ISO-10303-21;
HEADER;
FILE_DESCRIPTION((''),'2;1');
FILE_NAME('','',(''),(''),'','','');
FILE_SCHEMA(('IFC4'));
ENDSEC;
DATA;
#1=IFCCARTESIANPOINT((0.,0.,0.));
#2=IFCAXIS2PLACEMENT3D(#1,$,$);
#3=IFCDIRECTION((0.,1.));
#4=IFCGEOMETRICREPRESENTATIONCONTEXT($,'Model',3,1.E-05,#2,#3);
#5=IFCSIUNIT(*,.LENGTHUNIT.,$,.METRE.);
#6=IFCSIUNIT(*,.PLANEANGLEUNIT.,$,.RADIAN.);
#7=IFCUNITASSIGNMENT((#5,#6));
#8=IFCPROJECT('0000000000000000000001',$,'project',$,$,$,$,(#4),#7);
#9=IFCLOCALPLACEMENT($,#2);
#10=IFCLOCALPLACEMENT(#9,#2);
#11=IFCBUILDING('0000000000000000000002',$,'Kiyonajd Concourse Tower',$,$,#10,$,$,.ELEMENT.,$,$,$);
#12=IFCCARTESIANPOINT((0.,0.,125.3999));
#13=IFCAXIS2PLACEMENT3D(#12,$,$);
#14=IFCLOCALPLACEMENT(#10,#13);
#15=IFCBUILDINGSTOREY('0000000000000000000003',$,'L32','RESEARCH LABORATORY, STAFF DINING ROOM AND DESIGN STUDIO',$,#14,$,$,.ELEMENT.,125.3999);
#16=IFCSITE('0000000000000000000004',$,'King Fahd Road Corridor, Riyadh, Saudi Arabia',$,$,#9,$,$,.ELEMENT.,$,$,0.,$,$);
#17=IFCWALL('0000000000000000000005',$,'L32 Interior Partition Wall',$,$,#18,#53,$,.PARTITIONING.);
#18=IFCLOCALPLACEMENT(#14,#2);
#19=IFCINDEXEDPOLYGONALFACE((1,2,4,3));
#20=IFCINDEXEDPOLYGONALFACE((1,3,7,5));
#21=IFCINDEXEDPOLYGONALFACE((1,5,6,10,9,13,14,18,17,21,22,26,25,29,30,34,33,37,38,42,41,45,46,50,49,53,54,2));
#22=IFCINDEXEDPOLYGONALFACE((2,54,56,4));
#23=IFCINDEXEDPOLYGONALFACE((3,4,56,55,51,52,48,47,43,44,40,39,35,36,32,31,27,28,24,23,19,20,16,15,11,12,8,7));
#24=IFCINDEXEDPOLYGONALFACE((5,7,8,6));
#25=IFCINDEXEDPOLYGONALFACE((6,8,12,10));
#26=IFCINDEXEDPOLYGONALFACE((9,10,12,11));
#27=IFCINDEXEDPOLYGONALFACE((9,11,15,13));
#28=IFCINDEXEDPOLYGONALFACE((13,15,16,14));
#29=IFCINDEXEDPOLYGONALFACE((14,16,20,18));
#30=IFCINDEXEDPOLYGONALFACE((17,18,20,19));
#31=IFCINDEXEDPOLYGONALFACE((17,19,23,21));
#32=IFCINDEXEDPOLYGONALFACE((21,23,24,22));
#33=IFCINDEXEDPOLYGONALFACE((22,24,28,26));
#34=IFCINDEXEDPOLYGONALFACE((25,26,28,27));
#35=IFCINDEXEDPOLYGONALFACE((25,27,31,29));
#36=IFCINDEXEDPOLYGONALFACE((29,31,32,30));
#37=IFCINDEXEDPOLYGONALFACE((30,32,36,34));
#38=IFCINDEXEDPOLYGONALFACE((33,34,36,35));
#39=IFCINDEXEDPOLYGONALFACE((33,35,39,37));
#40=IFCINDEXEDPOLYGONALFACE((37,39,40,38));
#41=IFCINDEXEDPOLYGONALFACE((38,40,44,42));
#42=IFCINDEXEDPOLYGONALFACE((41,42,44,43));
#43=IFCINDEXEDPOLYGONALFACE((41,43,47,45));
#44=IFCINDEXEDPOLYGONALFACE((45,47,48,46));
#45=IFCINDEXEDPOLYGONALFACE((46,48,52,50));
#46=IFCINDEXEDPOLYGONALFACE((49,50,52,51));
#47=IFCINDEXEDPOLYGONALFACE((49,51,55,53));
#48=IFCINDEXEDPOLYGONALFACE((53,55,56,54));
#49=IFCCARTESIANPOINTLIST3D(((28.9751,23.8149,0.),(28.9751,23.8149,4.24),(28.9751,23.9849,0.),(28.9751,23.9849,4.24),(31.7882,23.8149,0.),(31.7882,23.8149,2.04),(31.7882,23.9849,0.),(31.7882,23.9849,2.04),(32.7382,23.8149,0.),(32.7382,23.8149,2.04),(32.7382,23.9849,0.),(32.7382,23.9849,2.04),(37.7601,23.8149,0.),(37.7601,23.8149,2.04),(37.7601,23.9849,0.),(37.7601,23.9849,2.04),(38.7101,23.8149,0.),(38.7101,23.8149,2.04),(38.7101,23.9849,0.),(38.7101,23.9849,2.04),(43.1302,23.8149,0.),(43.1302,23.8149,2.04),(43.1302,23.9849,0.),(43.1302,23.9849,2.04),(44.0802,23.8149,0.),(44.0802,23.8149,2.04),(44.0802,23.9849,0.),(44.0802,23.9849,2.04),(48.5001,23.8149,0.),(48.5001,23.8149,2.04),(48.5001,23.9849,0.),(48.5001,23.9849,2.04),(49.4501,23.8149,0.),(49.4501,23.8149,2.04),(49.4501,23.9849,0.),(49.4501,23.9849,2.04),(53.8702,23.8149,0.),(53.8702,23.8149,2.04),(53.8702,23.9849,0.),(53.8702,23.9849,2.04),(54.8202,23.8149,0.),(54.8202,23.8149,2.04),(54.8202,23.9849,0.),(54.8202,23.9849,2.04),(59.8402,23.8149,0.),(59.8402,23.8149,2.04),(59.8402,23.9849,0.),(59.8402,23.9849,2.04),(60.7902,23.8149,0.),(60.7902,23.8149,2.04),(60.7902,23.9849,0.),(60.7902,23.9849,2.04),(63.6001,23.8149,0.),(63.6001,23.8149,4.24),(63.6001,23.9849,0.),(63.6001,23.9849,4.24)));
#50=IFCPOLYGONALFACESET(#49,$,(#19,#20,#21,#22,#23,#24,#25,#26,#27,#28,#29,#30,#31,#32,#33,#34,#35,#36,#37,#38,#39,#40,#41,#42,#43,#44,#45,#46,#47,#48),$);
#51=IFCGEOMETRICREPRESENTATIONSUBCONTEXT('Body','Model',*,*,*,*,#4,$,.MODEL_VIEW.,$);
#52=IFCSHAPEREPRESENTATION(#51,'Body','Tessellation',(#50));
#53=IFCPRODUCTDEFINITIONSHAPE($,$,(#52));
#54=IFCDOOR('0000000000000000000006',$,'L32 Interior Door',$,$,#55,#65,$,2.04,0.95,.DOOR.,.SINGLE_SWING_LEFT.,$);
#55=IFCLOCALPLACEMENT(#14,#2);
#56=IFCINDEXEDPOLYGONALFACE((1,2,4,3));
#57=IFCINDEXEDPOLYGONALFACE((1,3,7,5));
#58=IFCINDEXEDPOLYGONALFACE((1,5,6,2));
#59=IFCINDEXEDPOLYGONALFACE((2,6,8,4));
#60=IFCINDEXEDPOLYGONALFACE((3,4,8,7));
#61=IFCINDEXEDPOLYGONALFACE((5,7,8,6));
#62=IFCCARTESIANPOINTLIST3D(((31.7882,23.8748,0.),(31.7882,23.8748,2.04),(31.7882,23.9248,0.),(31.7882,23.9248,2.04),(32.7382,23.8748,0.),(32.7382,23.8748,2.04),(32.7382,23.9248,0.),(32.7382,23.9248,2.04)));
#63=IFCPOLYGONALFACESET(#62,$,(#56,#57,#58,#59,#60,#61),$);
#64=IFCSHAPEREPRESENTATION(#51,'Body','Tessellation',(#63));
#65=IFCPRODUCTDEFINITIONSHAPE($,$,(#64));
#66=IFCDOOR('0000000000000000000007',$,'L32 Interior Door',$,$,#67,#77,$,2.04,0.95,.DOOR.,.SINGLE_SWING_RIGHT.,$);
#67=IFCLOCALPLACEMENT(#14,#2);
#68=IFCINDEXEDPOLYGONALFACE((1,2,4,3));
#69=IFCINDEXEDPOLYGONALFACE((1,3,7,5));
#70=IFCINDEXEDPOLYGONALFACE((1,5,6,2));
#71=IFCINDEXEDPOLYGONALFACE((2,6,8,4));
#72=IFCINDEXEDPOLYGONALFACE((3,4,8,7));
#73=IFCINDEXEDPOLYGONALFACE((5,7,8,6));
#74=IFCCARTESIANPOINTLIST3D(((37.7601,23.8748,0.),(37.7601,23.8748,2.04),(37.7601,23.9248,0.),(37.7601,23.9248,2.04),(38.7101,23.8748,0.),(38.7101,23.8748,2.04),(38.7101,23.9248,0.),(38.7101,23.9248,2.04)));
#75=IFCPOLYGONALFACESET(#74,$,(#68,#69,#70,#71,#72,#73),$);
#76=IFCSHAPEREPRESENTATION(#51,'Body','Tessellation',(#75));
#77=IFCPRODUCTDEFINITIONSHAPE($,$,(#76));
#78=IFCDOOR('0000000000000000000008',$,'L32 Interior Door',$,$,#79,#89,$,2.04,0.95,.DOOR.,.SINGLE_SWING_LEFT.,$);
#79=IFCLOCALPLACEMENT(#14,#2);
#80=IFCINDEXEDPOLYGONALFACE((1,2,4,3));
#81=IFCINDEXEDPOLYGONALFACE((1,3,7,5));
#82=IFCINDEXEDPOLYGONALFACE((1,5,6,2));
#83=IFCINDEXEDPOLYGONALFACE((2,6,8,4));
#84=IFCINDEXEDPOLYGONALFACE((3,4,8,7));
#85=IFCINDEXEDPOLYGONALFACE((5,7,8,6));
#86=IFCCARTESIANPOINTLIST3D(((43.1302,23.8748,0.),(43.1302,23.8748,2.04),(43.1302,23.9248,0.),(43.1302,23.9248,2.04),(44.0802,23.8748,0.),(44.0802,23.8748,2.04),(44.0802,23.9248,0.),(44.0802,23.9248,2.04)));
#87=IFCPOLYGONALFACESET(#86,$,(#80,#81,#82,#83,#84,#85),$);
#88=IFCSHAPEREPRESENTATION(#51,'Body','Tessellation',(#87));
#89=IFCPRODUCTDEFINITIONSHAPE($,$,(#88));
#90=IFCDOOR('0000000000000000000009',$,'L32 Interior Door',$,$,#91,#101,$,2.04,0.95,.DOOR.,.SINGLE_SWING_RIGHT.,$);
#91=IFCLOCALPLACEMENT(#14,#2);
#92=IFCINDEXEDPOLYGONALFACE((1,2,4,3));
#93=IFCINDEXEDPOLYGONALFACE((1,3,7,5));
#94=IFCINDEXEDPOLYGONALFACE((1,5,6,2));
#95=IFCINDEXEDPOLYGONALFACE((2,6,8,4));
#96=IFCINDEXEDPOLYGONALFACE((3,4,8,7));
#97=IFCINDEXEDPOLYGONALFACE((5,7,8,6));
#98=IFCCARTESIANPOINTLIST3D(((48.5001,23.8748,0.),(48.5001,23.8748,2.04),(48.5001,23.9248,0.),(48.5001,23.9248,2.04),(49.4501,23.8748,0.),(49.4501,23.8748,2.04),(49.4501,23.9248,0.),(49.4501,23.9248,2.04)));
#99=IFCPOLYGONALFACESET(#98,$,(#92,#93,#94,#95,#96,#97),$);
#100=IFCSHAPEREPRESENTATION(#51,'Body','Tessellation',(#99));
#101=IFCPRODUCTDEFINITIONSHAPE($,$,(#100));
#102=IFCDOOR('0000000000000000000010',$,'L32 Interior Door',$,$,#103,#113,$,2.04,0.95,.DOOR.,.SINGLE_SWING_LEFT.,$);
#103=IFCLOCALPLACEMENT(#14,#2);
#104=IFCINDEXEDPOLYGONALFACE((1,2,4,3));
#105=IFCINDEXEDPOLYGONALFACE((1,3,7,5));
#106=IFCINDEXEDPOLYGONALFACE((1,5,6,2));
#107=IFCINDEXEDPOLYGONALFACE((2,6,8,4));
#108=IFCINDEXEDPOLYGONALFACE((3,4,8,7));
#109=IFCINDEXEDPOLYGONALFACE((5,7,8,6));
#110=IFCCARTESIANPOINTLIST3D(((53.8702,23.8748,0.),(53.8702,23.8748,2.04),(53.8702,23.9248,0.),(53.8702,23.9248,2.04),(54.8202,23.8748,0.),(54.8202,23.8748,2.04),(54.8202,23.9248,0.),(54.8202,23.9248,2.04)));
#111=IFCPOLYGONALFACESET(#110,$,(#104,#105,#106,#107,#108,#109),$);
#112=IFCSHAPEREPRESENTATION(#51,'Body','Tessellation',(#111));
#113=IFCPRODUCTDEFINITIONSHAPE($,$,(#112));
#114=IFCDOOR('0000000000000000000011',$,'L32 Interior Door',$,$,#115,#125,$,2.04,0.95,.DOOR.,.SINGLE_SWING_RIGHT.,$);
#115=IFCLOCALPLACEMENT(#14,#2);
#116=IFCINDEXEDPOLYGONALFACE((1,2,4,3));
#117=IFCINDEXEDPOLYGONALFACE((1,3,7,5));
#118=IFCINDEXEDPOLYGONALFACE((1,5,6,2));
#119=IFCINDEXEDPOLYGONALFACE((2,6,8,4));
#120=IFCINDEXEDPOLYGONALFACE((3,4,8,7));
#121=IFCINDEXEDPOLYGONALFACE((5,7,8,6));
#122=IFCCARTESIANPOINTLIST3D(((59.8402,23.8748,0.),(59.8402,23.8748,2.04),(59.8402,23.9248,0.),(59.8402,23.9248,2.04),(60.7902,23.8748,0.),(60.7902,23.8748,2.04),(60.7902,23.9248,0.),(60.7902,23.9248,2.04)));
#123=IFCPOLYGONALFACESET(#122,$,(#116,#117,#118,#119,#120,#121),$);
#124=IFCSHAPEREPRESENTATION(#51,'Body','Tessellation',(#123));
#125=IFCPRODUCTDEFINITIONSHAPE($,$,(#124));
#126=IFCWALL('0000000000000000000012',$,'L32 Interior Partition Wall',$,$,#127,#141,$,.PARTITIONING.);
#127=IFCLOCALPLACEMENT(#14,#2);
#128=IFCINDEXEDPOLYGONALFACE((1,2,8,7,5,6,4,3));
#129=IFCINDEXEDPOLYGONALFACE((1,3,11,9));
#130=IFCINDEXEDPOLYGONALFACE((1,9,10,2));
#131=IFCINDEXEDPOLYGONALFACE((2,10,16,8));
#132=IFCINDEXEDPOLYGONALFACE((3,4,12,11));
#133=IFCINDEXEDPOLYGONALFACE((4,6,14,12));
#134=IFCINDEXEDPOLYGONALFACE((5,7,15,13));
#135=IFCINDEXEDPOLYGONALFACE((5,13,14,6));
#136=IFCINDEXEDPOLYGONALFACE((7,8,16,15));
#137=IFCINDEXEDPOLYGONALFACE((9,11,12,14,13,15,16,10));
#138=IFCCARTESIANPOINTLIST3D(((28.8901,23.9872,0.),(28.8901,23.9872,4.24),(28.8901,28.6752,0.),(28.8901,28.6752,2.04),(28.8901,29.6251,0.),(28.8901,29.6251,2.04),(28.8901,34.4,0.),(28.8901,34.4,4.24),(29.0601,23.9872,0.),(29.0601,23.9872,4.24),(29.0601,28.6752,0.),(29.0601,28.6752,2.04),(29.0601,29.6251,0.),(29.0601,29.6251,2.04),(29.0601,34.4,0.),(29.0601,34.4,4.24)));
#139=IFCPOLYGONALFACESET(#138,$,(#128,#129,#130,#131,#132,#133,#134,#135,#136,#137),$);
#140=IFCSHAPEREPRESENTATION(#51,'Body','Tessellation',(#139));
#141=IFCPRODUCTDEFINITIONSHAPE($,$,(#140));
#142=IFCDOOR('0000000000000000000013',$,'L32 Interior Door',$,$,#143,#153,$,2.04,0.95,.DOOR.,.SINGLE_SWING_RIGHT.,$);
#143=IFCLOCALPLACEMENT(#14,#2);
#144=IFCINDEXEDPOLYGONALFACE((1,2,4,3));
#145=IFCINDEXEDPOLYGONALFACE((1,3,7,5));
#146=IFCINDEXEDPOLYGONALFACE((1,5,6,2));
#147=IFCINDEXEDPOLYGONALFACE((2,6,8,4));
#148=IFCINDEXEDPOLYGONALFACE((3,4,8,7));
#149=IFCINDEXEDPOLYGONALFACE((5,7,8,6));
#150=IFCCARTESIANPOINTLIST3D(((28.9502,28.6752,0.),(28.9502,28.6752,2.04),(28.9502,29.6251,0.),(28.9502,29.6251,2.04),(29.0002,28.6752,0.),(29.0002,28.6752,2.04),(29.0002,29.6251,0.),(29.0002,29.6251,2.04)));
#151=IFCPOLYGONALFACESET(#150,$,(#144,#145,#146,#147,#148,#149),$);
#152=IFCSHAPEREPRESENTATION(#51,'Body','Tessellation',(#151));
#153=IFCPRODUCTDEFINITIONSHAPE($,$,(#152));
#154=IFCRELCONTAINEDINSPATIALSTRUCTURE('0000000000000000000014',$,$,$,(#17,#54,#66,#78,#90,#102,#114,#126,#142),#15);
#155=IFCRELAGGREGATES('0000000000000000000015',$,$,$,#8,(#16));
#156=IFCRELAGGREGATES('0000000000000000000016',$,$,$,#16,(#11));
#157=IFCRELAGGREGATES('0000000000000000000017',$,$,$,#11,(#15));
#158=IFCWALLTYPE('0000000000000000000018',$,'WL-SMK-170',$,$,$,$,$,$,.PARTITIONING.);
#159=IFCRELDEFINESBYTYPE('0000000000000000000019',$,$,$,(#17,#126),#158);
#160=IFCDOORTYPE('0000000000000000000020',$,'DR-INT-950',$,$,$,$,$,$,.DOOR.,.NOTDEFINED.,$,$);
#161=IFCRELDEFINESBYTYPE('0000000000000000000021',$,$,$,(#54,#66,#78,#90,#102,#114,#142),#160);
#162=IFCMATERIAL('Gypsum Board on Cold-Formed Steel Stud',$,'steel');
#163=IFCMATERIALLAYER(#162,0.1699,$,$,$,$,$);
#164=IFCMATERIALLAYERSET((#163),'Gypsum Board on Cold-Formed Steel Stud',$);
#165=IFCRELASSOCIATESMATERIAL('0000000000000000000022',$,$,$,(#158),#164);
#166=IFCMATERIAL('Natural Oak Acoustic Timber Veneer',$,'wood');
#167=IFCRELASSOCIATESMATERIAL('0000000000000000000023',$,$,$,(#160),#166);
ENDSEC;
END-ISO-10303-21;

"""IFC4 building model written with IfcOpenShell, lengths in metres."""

from ifc_helpers import new_model, si_unit, direction, frame, frame_2d, origin, place, context, subcontext, project, spatial, rectangle, extrude, material, layer, layer_set, type_object, element, fill, save


model = new_model("IFC4")

# Units and contexts
model_context = context("Model", 3, precision=1e-05, world=origin(), true_north=direction((0.0, 1.0)))
body_context = subcontext(model_context, "Body", "Model", "MODEL_VIEW")
ifc_project = project(units=[si_unit("LENGTHUNIT", "METRE"), si_unit("PLANEANGLEUNIT", "RADIAN")], contexts=[model_context])

# Site, building, storey
site_placement = place(None, origin())
site = spatial("IfcSite", under=ifc_project, at=site_placement, Name="King Fahd Road Corridor, Riyadh, Saudi Arabia", CompositionType="ELEMENT", RefElevation=0.0)
building_placement = place(site_placement, origin())
building = spatial("IfcBuilding", under=site, at=building_placement, Name="Kiyonajd Concourse Tower", CompositionType="ELEMENT")
storey_placement = place(building_placement, frame((0.0, 0.0, 125.3999)))
storey = spatial("IfcBuildingStorey", under=building, at=storey_placement, Name="L32", Description="RESEARCH LABORATORY, STAFF DINING ROOM AND DESIGN STUDIO", CompositionType="ELEMENT", Elevation=125.3999)

# Shared definitions
ifc_material_1 = material(Name="Gypsum Board on Cold-Formed Steel Stud", Category="steel")

# Wall, openings, doors
ifc_layer_1 = layer(ifc_material_1, 0.1699)
ifc_layer_set_1 = layer_set([ifc_layer_1], Name="Gypsum Board on Cold-Formed Steel Stud")
wall_type_1 = type_object("IfcWallType", Name="WL-SMK-170", PredefinedType="PARTITIONING", material=ifc_layer_set_1)
wall_1_placement = place(storey_placement, frame((28.9751, 23.8999, 0.0), z_axis=(0.0, 0.0, 1.0), x_axis=(1.0, 0.0, 0.0)))
wall_1 = element("IfcWall", 1, at=wall_1_placement, inside=storey, type_object=wall_type_1, Name="L32 Interior Partition Wall", PredefinedType="PARTITIONING", context=body_context, shape_type="SweptSolid", body=[
    extrude(rectangle(XDim=34.625, YDim=0.1699, at=frame_2d((17.3125, 0.0))), origin(), (0.0, 0.0, 1.0), 4.24),
])
opening_1_placement = place(wall_1_placement, frame((2.813, 0.0, 0.0)))
opening_1 = element("IfcOpeningElement", 2, at=opening_1_placement, cuts=wall_1, PredefinedType="OPENING", context=body_context, shape_type="SweptSolid", body=[
    extrude(rectangle(XDim=0.95, YDim=2.04, at=frame_2d((0.4751, 1.02))), frame((0.0, 0.095, 0.0), z_axis=(0.0, -1.0, 0.0), x_axis=(1.0, 0.0, 0.0)), (0.0, 0.0, 1.0), 0.1899),
])
opening_2_placement = place(wall_1_placement, frame((8.7849, 0.0, 0.0)))
opening_2 = element("IfcOpeningElement", 3, at=opening_2_placement, cuts=wall_1, PredefinedType="OPENING", context=body_context, shape_type="SweptSolid", body=[
    extrude(rectangle(XDim=0.95, YDim=2.04, at=frame_2d((0.4751, 1.02))), frame((0.0, 0.095, 0.0), z_axis=(0.0, -1.0, 0.0), x_axis=(1.0, 0.0, 0.0)), (0.0, 0.0, 1.0), 0.1899),
])
opening_3_placement = place(wall_1_placement, frame((14.155, 0.0, 0.0)))
opening_3 = element("IfcOpeningElement", 4, at=opening_3_placement, cuts=wall_1, PredefinedType="OPENING", context=body_context, shape_type="SweptSolid", body=[
    extrude(rectangle(XDim=0.95, YDim=2.04, at=frame_2d((0.4751, 1.02))), frame((0.0, 0.095, 0.0), z_axis=(0.0, -1.0, 0.0), x_axis=(1.0, 0.0, 0.0)), (0.0, 0.0, 1.0), 0.1899),
])
opening_4_placement = place(wall_1_placement, frame((19.5249, 0.0, 0.0)))
opening_4 = element("IfcOpeningElement", 5, at=opening_4_placement, cuts=wall_1, PredefinedType="OPENING", context=body_context, shape_type="SweptSolid", body=[
    extrude(rectangle(XDim=0.95, YDim=2.04, at=frame_2d((0.4751, 1.02))), frame((0.0, 0.095, 0.0), z_axis=(0.0, -1.0, 0.0), x_axis=(1.0, 0.0, 0.0)), (0.0, 0.0, 1.0), 0.1899),
])
opening_5_placement = place(wall_1_placement, frame((24.895, 0.0, 0.0)))
opening_5 = element("IfcOpeningElement", 6, at=opening_5_placement, cuts=wall_1, PredefinedType="OPENING", context=body_context, shape_type="SweptSolid", body=[
    extrude(rectangle(XDim=0.95, YDim=2.04, at=frame_2d((0.4751, 1.02))), frame((0.0, 0.095, 0.0), z_axis=(0.0, -1.0, 0.0), x_axis=(1.0, 0.0, 0.0)), (0.0, 0.0, 1.0), 0.1899),
])
opening_6_placement = place(wall_1_placement, frame((30.865, 0.0, 0.0)))
opening_6 = element("IfcOpeningElement", 7, at=opening_6_placement, cuts=wall_1, PredefinedType="OPENING", context=body_context, shape_type="SweptSolid", body=[
    extrude(rectangle(XDim=0.95, YDim=2.04, at=frame_2d((0.4751, 1.02))), frame((0.0, 0.095, 0.0), z_axis=(0.0, -1.0, 0.0), x_axis=(1.0, 0.0, 0.0)), (0.0, 0.0, 1.0), 0.1899),
])
ifc_material_2 = material(Name="Natural Oak Acoustic Timber Veneer", Category="wood")
door_type = type_object("IfcDoorType", Name="DR-INT-950", OperationType="NOTDEFINED", PredefinedType="DOOR", material=ifc_material_2)
door_1_placement = place(opening_1_placement, origin())
door_1 = element("IfcDoor", 8, at=door_1_placement, inside=storey, type_object=door_type, Name="L32 Interior Door", OperationType="SINGLE_SWING_LEFT", OverallHeight=2.04, OverallWidth=0.95, PredefinedType="DOOR", context=body_context, shape_type="SweptSolid", body=[
    extrude(rectangle(XDim=0.95, YDim=2.04, at=frame_2d((0.4751, 1.02))), frame((0.0, 0.0249, 0.0), z_axis=(0.0, -1.0, 0.0), x_axis=(1.0, 0.0, 0.0)), (0.0, 0.0, 1.0), 0.05),
])
fill(opening_1, door_1)
door_2_placement = place(opening_2_placement, origin())
door_2 = element("IfcDoor", 9, at=door_2_placement, inside=storey, type_object=door_type, Name="L32 Interior Door", OperationType="SINGLE_SWING_RIGHT", OverallHeight=2.04, OverallWidth=0.95, PredefinedType="DOOR", context=body_context, shape_type="SweptSolid", body=[
    extrude(rectangle(XDim=0.95, YDim=2.04, at=frame_2d((0.4751, 1.02))), frame((0.0, 0.0249, 0.0), z_axis=(0.0, -1.0, 0.0), x_axis=(1.0, 0.0, 0.0)), (0.0, 0.0, 1.0), 0.05),
])
fill(opening_2, door_2)
door_3_placement = place(opening_3_placement, origin())
door_3 = element("IfcDoor", 10, at=door_3_placement, inside=storey, type_object=door_type, Name="L32 Interior Door", OperationType="SINGLE_SWING_LEFT", OverallHeight=2.04, OverallWidth=0.95, PredefinedType="DOOR", context=body_context, shape_type="SweptSolid", body=[
    extrude(rectangle(XDim=0.95, YDim=2.04, at=frame_2d((0.4751, 1.02))), frame((0.0, 0.0249, 0.0), z_axis=(0.0, -1.0, 0.0), x_axis=(1.0, 0.0, 0.0)), (0.0, 0.0, 1.0), 0.05),
])
fill(opening_3, door_3)
door_4_placement = place(opening_4_placement, origin())
door_4 = element("IfcDoor", 11, at=door_4_placement, inside=storey, type_object=door_type, Name="L32 Interior Door", OperationType="SINGLE_SWING_RIGHT", OverallHeight=2.04, OverallWidth=0.95, PredefinedType="DOOR", context=body_context, shape_type="SweptSolid", body=[
    extrude(rectangle(XDim=0.95, YDim=2.04, at=frame_2d((0.4751, 1.02))), frame((0.0, 0.0249, 0.0), z_axis=(0.0, -1.0, 0.0), x_axis=(1.0, 0.0, 0.0)), (0.0, 0.0, 1.0), 0.05),
])
fill(opening_4, door_4)
door_5_placement = place(opening_5_placement, origin())
door_5 = element("IfcDoor", 12, at=door_5_placement, inside=storey, type_object=door_type, Name="L32 Interior Door", OperationType="SINGLE_SWING_LEFT", OverallHeight=2.04, OverallWidth=0.95, PredefinedType="DOOR", context=body_context, shape_type="SweptSolid", body=[
    extrude(rectangle(XDim=0.95, YDim=2.04, at=frame_2d((0.4751, 1.02))), frame((0.0, 0.0249, 0.0), z_axis=(0.0, -1.0, 0.0), x_axis=(1.0, 0.0, 0.0)), (0.0, 0.0, 1.0), 0.05),
])
fill(opening_5, door_5)
door_6_placement = place(opening_6_placement, origin())
door_6 = element("IfcDoor", 13, at=door_6_placement, inside=storey, type_object=door_type, Name="L32 Interior Door", OperationType="SINGLE_SWING_RIGHT", OverallHeight=2.04, OverallWidth=0.95, PredefinedType="DOOR", context=body_context, shape_type="SweptSolid", body=[
    extrude(rectangle(XDim=0.95, YDim=2.04, at=frame_2d((0.4751, 1.02))), frame((0.0, 0.0249, 0.0), z_axis=(0.0, -1.0, 0.0), x_axis=(1.0, 0.0, 0.0)), (0.0, 0.0, 1.0), 0.05),
])
fill(opening_6, door_6)

# Wall, opening, door
wall_2_placement = place(storey_placement, frame((28.9751, 23.9871, 0.0), z_axis=(0.0, 0.0, 1.0), x_axis=(0.0, 1.0, 0.0)))
wall_2 = element("IfcWall", 14, at=wall_2_placement, inside=storey, type_object=wall_type_1, Name="L32 Interior Partition Wall", PredefinedType="PARTITIONING", context=body_context, shape_type="SweptSolid", body=[
    extrude(rectangle(XDim=10.4128, YDim=0.1699, at=frame_2d((5.2065, 0.0))), origin(), (0.0, 0.0, 1.0), 4.24),
])
opening_7_placement = place(wall_2_placement, frame((4.688, 0.0, 0.0)))
opening_7 = element("IfcOpeningElement", 15, at=opening_7_placement, cuts=wall_2, PredefinedType="OPENING", context=body_context, shape_type="SweptSolid", body=[
    extrude(rectangle(XDim=0.95, YDim=2.04, at=frame_2d((0.4751, 1.02))), frame((0.0, 0.095, 0.0), z_axis=(0.0, -1.0, 0.0), x_axis=(1.0, 0.0, 0.0)), (0.0, 0.0, 1.0), 0.1899),
])
door_7_placement = place(opening_7_placement, origin())
door_7 = element("IfcDoor", 16, at=door_7_placement, inside=storey, type_object=door_type, Name="L32 Interior Door", OperationType="SINGLE_SWING_RIGHT", OverallHeight=2.04, OverallWidth=0.95, PredefinedType="DOOR", context=body_context, shape_type="SweptSolid", body=[
    extrude(rectangle(XDim=0.95, YDim=2.04, at=frame_2d((0.4751, 1.02))), frame((0.0, 0.0249, 0.0), z_axis=(0.0, -1.0, 0.0), x_axis=(1.0, 0.0, 0.0)), (0.0, 0.0, 1.0), 0.05),
])
fill(opening_7, door_7)

save(model, "model.ifc")
